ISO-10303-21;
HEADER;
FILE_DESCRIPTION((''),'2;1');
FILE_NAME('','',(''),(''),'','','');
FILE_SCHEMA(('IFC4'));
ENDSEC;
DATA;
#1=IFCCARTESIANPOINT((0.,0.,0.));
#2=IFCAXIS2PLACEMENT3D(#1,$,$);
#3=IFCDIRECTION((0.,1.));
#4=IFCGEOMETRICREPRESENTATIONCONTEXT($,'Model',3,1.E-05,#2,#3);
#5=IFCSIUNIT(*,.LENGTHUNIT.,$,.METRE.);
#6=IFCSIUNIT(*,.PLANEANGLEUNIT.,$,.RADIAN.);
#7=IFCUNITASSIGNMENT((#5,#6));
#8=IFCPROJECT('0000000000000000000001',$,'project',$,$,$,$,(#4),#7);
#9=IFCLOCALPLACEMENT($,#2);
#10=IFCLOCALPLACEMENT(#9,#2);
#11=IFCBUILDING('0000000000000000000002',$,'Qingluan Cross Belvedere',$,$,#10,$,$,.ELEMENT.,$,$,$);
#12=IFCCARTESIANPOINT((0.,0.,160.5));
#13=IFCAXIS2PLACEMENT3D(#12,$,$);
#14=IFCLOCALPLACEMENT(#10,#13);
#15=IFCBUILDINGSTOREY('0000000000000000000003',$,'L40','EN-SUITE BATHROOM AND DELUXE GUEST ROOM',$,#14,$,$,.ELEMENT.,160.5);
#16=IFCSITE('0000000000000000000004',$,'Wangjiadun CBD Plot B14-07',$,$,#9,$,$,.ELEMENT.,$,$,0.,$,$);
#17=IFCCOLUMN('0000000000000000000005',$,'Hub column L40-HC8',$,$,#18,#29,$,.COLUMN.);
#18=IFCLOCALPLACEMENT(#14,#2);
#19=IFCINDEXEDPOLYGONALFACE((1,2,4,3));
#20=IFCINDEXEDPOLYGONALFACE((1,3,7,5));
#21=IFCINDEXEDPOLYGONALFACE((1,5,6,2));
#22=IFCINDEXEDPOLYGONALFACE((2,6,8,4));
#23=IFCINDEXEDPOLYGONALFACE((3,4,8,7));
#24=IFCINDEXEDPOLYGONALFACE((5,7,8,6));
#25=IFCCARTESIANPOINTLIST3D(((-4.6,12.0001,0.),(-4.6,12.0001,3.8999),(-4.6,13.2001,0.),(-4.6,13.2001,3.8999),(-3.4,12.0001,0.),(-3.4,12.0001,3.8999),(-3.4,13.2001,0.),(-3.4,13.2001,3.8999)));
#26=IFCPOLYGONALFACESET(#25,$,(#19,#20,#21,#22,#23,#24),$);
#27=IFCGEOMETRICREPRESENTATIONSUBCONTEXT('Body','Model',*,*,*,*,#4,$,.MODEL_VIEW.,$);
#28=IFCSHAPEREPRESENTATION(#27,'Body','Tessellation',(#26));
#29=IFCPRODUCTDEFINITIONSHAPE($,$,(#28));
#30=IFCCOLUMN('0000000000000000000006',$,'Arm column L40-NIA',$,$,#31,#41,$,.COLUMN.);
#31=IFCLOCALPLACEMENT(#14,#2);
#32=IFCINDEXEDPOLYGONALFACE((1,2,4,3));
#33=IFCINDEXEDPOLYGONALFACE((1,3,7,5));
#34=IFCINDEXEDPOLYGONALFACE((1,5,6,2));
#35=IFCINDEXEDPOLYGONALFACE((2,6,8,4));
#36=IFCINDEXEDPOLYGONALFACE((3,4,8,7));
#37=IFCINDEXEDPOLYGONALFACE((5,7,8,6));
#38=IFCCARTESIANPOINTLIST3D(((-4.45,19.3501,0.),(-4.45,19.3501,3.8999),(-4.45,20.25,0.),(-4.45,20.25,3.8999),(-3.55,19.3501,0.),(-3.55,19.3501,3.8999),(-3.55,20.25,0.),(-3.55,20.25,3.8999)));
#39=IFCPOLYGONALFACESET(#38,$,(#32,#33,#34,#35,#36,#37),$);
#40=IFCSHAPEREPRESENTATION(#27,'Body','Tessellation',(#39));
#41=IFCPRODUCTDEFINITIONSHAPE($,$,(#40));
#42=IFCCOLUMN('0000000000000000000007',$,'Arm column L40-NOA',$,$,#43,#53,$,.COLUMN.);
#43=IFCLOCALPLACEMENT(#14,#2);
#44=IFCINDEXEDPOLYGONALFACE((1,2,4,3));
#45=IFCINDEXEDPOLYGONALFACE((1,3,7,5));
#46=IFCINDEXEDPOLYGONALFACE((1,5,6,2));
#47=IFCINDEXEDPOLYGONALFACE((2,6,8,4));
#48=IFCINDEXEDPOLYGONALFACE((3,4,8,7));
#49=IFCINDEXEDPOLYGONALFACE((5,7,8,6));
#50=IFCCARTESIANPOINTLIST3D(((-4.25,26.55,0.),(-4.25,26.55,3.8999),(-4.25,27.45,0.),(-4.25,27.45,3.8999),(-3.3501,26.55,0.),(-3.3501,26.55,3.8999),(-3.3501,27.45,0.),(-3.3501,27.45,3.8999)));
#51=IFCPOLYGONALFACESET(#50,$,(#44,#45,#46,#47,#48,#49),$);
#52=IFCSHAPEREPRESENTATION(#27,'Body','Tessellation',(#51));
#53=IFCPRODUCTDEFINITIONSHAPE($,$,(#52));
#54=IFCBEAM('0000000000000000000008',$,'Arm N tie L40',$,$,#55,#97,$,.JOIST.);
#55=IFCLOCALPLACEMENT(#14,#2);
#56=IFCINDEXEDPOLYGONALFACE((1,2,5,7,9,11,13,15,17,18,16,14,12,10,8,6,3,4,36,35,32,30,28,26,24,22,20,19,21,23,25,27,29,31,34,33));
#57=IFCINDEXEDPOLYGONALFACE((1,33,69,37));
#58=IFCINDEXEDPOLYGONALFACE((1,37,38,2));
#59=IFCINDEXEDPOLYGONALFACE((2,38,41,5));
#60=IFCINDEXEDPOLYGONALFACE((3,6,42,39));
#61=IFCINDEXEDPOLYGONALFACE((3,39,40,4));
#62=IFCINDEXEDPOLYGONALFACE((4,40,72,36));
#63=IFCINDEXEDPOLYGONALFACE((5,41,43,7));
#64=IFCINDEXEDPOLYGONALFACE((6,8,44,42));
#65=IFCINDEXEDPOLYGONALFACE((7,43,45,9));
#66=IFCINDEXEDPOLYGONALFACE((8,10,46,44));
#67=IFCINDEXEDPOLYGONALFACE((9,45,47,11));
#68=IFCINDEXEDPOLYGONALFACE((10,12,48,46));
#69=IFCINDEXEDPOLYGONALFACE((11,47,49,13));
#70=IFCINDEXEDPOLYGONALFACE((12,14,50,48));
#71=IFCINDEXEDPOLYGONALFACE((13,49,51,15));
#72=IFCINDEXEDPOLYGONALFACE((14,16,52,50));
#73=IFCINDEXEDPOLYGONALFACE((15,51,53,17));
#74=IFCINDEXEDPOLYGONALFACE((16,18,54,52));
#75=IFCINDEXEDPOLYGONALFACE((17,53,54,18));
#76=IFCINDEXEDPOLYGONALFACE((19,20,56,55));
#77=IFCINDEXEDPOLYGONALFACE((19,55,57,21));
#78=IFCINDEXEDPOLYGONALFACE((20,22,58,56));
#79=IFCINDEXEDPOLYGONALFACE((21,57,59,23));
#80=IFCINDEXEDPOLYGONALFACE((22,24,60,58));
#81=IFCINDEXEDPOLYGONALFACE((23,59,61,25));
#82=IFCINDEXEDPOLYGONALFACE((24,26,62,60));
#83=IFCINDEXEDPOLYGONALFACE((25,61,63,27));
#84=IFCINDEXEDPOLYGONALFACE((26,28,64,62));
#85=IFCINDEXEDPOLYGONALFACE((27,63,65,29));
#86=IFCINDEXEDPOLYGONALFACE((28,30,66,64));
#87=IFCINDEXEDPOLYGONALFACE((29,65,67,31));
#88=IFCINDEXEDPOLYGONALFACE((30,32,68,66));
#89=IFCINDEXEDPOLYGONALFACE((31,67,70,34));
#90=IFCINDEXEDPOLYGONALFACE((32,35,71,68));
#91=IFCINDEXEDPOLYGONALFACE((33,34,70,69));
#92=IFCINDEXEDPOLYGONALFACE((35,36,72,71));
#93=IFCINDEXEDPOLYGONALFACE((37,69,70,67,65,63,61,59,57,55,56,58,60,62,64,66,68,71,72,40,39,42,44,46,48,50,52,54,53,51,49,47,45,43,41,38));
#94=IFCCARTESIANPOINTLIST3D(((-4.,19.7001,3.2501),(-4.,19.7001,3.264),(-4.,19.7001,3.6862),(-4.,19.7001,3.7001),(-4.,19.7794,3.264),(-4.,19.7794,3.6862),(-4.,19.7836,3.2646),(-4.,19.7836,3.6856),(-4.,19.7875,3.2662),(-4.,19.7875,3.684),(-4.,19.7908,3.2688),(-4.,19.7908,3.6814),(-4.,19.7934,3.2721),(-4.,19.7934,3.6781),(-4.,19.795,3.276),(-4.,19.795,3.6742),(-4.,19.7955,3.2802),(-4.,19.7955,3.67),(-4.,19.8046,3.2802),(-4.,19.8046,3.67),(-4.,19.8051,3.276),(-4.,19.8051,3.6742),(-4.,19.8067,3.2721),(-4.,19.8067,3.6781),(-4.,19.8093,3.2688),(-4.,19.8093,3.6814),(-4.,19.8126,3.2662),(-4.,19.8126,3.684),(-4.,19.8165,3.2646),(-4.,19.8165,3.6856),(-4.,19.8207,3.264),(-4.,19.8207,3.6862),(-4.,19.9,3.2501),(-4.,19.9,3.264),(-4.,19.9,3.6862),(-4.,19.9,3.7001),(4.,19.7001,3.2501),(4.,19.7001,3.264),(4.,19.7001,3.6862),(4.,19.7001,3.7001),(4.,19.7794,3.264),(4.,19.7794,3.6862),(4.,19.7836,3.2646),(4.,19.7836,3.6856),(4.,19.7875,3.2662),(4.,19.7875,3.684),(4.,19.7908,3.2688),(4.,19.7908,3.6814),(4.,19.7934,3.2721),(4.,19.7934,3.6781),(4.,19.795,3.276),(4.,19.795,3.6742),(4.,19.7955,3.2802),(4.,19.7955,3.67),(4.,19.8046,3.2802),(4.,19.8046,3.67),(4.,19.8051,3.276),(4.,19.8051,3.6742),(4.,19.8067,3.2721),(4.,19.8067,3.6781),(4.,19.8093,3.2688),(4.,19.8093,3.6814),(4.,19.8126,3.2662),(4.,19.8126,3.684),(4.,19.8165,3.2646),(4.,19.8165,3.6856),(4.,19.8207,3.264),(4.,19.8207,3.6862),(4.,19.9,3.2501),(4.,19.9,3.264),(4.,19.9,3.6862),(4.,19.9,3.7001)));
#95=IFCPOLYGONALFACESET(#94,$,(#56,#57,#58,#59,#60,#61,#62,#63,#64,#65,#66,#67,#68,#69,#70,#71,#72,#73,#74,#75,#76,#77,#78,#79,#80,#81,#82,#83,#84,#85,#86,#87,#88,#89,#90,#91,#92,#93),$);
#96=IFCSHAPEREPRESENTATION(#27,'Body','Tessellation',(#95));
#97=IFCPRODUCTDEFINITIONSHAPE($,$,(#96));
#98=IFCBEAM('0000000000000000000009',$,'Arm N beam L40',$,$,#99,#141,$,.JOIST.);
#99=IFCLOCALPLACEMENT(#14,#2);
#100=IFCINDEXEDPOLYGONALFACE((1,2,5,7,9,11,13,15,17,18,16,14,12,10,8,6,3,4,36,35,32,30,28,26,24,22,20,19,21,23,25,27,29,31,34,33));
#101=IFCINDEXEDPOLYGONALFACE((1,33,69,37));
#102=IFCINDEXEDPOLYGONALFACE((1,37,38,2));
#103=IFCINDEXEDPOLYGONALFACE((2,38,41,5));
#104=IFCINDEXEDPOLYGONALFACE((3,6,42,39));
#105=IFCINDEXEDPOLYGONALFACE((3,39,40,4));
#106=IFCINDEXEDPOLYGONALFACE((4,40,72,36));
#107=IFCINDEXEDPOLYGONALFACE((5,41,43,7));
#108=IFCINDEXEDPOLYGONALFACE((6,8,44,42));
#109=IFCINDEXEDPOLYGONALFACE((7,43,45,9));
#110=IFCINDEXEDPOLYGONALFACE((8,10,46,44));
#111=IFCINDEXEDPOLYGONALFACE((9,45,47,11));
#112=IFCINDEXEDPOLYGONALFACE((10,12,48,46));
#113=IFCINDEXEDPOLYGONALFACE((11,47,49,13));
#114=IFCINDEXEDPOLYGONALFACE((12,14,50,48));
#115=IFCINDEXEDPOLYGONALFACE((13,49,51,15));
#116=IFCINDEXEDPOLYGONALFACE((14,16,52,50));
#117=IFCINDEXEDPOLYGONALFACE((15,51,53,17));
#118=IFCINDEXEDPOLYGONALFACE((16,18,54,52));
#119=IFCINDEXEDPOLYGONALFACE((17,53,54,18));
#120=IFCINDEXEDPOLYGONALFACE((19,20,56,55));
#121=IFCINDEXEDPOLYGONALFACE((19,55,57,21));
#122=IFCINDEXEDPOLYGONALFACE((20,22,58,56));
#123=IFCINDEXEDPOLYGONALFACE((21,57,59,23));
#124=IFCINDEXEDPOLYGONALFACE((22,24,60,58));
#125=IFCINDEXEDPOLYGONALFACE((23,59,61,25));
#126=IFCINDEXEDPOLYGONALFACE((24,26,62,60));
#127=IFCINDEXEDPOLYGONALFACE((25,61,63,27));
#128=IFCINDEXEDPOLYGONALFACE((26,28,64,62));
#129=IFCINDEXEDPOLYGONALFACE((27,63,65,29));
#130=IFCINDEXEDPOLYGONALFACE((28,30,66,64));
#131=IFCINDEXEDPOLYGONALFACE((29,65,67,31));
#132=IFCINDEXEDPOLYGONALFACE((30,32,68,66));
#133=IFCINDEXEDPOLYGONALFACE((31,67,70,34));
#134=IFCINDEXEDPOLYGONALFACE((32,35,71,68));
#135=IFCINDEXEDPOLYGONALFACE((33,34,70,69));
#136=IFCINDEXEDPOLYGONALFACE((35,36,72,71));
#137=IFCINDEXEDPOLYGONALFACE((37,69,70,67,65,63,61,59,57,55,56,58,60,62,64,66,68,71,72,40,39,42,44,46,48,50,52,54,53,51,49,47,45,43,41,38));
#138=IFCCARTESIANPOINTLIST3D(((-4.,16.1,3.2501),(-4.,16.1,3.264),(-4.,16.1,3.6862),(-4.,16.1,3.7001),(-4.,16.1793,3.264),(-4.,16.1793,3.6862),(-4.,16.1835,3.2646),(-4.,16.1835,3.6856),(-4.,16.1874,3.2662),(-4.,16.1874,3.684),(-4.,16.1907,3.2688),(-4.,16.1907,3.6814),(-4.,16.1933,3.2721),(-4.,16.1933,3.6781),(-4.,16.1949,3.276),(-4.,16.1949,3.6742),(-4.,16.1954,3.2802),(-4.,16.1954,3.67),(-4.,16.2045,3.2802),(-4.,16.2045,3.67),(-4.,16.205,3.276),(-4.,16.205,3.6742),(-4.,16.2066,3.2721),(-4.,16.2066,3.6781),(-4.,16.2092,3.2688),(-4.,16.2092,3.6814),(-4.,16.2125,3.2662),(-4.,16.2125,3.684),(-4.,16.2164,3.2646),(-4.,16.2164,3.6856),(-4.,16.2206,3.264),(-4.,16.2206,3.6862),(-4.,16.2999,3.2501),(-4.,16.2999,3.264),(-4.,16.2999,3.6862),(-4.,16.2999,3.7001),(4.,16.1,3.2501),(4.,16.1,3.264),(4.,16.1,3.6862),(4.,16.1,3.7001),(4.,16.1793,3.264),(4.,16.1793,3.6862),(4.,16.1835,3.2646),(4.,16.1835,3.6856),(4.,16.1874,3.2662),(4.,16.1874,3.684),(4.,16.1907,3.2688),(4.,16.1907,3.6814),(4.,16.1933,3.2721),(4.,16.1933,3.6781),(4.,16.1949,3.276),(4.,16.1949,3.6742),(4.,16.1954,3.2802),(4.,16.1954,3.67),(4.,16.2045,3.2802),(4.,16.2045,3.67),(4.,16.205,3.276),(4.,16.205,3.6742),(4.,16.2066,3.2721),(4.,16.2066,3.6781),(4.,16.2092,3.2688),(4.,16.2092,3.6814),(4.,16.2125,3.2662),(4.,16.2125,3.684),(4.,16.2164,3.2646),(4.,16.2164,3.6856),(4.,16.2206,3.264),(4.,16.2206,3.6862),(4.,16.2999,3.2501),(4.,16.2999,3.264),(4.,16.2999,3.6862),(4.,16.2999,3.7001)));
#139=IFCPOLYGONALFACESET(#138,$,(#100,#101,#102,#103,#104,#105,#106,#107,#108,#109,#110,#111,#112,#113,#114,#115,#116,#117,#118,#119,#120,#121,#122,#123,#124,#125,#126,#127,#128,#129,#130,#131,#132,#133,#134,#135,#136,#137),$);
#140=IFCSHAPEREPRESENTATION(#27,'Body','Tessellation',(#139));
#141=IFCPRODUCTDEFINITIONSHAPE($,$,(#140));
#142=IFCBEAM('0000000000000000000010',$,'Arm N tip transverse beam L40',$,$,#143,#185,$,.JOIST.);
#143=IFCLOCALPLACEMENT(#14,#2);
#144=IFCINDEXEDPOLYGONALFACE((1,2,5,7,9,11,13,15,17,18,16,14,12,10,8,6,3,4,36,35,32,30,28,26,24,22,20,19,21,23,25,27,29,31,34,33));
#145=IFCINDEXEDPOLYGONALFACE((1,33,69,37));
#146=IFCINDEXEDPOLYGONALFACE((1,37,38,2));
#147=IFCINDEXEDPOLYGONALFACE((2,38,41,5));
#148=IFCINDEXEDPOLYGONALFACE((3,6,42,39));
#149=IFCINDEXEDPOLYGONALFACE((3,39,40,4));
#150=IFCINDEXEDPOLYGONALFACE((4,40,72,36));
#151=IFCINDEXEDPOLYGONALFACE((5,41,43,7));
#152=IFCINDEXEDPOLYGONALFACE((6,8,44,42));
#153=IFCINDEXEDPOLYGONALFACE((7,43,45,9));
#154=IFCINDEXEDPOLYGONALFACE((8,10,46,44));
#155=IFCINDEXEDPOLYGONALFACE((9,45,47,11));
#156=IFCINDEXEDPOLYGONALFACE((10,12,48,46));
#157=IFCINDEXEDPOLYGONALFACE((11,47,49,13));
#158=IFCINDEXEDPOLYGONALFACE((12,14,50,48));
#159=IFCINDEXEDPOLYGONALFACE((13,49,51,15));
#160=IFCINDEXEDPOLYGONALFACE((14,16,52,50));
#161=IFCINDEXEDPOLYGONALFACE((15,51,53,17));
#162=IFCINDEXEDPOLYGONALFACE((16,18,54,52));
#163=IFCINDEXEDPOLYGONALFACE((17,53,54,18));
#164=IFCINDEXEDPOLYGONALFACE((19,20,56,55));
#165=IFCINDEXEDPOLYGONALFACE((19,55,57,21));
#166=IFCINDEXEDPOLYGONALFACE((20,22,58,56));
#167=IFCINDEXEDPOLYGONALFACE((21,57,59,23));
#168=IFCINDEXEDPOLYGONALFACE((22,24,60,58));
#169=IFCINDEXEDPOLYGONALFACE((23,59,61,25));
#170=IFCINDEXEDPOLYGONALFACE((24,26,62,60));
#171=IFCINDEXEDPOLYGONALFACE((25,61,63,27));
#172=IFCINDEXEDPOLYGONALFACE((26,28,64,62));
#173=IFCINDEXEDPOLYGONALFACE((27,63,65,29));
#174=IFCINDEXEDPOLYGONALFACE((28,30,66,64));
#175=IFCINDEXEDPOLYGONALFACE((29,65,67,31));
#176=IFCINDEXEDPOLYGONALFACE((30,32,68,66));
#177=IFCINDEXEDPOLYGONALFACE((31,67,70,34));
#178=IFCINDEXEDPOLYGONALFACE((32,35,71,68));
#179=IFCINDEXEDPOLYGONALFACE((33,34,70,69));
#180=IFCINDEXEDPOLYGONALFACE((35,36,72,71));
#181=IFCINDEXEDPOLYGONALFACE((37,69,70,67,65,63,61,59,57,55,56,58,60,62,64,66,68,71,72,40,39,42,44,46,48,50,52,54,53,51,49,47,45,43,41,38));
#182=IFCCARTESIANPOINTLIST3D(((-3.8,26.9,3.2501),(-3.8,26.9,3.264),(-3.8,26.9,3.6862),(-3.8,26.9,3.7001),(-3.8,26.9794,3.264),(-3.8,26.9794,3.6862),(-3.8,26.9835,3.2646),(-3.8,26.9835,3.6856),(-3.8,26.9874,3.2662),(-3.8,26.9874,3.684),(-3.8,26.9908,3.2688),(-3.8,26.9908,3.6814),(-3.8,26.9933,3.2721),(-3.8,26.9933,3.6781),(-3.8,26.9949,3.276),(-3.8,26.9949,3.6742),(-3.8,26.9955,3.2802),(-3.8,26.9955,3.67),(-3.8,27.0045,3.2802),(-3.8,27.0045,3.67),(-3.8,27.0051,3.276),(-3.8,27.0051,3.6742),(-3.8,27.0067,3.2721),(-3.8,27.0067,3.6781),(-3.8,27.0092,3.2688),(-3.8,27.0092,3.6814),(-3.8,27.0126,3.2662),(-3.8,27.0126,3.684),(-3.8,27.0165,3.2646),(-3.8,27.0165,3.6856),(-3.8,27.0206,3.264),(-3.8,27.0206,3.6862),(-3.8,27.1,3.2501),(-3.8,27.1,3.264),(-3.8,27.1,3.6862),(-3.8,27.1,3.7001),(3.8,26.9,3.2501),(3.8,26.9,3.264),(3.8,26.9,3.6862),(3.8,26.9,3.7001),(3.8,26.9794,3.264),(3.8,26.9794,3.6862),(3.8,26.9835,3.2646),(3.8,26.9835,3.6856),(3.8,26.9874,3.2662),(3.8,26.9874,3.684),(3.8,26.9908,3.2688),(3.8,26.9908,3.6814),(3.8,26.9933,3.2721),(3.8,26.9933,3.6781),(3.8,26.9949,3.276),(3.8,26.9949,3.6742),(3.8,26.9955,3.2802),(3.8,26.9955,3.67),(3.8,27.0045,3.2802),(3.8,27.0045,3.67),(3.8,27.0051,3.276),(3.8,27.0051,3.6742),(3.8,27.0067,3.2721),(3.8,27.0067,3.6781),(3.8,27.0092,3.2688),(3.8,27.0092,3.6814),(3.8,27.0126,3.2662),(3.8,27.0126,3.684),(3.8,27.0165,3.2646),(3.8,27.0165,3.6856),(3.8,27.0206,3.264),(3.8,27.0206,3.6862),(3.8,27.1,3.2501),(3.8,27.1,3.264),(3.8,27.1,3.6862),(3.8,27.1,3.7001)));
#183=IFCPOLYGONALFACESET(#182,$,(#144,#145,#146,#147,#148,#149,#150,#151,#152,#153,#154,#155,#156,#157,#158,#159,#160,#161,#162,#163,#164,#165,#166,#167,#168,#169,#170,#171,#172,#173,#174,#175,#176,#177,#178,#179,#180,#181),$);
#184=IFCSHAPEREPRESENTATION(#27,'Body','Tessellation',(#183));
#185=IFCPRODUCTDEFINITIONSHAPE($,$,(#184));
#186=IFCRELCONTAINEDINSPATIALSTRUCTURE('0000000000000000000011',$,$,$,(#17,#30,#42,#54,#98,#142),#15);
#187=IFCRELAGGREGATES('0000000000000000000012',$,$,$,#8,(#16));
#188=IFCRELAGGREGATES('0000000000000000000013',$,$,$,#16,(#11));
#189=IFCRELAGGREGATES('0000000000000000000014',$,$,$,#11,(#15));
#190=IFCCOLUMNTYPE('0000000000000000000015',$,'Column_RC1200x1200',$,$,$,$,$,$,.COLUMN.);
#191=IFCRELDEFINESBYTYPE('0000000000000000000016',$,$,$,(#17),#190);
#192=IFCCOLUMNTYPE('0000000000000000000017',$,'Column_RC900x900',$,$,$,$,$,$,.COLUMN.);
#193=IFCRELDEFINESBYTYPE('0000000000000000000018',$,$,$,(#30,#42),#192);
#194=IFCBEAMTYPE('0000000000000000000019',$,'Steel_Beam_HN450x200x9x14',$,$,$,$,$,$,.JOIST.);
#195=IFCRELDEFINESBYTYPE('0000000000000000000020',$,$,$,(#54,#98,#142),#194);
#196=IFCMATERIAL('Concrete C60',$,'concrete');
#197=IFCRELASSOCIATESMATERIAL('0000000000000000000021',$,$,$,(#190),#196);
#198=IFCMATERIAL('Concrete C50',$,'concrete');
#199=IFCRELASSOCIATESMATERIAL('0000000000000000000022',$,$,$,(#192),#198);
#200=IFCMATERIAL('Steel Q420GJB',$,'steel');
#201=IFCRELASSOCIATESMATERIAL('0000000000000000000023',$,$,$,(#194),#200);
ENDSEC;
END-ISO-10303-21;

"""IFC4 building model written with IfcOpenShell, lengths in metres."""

from ifc_helpers import new_model, si_unit, direction, frame, origin, origin_2d, place, context, subcontext, project, spatial, rectangle, i_section, extrude, material, material_profile, profile_set, type_object, element, save


model = new_model("IFC4")

# Units and contexts
model_context = context("Model", 3, precision=1e-05, world=origin(), true_north=direction((0.0, 1.0)))
body_context = subcontext(model_context, "Body", "Model", "MODEL_VIEW")
ifc_project = project(units=[si_unit("LENGTHUNIT", "METRE"), si_unit("PLANEANGLEUNIT", "RADIAN")], contexts=[model_context])

# Site, building, storey
site_placement = place(None, origin())
site = spatial("IfcSite", under=ifc_project, at=site_placement, Name="Wangjiadun CBD Plot B14-07", CompositionType="ELEMENT", RefElevation=0.0)
building_placement = place(site_placement, origin())
building = spatial("IfcBuilding", under=site, at=building_placement, Name="Qingluan Cross Belvedere", CompositionType="ELEMENT")
storey_placement = place(building_placement, frame((0.0, 0.0, 160.5)))
storey = spatial("IfcBuildingStorey", under=building, at=storey_placement, Name="L40", Description="EN-SUITE BATHROOM AND DELUXE GUEST ROOM", CompositionType="ELEMENT", Elevation=160.5)

# Columns
ifc_material_1 = material(Name="Concrete C60", Category="concrete")
ifc_material_profile_1 = material_profile(ifc_material_1, rectangle(XDim=1.2, YDim=1.2, at=origin_2d()), Name="RC1200x1200")
ifc_profile_set_1 = profile_set([ifc_material_profile_1], Name="Concrete C60")
column_type_1 = type_object("IfcColumnType", Name="Column_RC1200x1200", PredefinedType="COLUMN", material=ifc_profile_set_1)
column_placement = place(storey_placement, frame((-4.0, 12.6001, 0.0), z_axis=(0.0, 0.0, 1.0), x_axis=(1.0, 0.0, 0.0)))
element("IfcColumn", 1, at=column_placement, inside=storey, type_object=column_type_1, Name="Hub column L40-HC8", PredefinedType="COLUMN", context=body_context, shape_type="SweptSolid", body=[
    extrude(rectangle(XDim=1.2, YDim=1.2, at=origin_2d()), origin(), (0.0, 0.0, 1.0), 3.8999),
])
ifc_material_2 = material(Name="Concrete C50", Category="concrete")
ifc_material_profile_2 = material_profile(ifc_material_2, rectangle(XDim=0.8999, YDim=0.8999, at=origin_2d()), Name="RC900x900")
ifc_profile_set_2 = profile_set([ifc_material_profile_2], Name="Concrete C50")
column_type_2 = type_object("IfcColumnType", Name="Column_RC900x900", PredefinedType="COLUMN", material=ifc_profile_set_2)
for number, where, z_axis, x_axis, name in (
    (2, (-4.0, 19.8, 0.0), (0.0, 0.0, 1.0), (1.0, 0.0, 0.0), "Arm column L40-NIA"),
    (3, (-3.8, 27.0, 0.0), (0.0, 0.0, 1.0), (1.0, 0.0, 0.0), "Arm column L40-NOA"),
):
    element("IfcColumn", number, at=place(storey_placement, frame(where, z_axis=z_axis, x_axis=x_axis)), inside=storey, type_object=column_type_2, Name=name, PredefinedType="COLUMN", context=body_context, shape_type="SweptSolid", body=[
        extrude(rectangle(XDim=0.8999, YDim=0.8999, at=origin_2d()), origin(), (0.0, 0.0, 1.0), 3.8999),
    ])

# Beams
ifc_material_3 = material(Name="Steel Q420GJB", Category="steel")
ifc_material_profile_3 = material_profile(ifc_material_3, i_section(OverallWidth=0.2, OverallDepth=0.45, WebThickness=0.009, FlangeThickness=0.0139, FilletRadius=0.0161, at=origin_2d()), Name="HN450x200x9x14")
ifc_profile_set_3 = profile_set([ifc_material_profile_3], Name="Steel Q420GJB")
beam_type_1 = type_object("IfcBeamType", Name="Steel_Beam_HN450x200x9x14", PredefinedType="JOIST", material=ifc_profile_set_3)
for number, where, z_axis, x_axis, name in (
    (4, (-4.0, 19.8, 3.4751), (1.0, 0.0, 0.0), (0.0, 1.0, 0.0), "Arm N tie L40"),
    (5, (-4.0, 16.2, 3.4751), (1.0, 0.0, 0.0), (0.0, 1.0, 0.0), "Arm N beam L40"),
):
    element("IfcBeam", number, at=place(storey_placement, frame(where, z_axis=z_axis, x_axis=x_axis)), inside=storey, type_object=beam_type_1, Name=name, PredefinedType="JOIST", context=body_context, shape_type="SweptSolid", body=[
        extrude(i_section(OverallWidth=0.2, OverallDepth=0.45, WebThickness=0.009, FlangeThickness=0.0139, FilletRadius=0.0161, at=origin_2d()), origin(), (0.0, 0.0, 1.0), 8.0),
    ])
beam_1_placement = place(storey_placement, frame((-3.8, 27.0, 3.4751), z_axis=(1.0, 0.0, 0.0), x_axis=(0.0, 1.0, 0.0)))
element("IfcBeam", 6, at=beam_1_placement, inside=storey, type_object=beam_type_1, Name="Arm N tip transverse beam L40", PredefinedType="JOIST", context=body_context, shape_type="SweptSolid", body=[
    extrude(i_section(OverallWidth=0.2, OverallDepth=0.45, WebThickness=0.009, FlangeThickness=0.0139, FilletRadius=0.0161, at=origin_2d()), origin(), (0.0, 0.0, 1.0), 7.6001),
])

save(model, "model.ifc")
